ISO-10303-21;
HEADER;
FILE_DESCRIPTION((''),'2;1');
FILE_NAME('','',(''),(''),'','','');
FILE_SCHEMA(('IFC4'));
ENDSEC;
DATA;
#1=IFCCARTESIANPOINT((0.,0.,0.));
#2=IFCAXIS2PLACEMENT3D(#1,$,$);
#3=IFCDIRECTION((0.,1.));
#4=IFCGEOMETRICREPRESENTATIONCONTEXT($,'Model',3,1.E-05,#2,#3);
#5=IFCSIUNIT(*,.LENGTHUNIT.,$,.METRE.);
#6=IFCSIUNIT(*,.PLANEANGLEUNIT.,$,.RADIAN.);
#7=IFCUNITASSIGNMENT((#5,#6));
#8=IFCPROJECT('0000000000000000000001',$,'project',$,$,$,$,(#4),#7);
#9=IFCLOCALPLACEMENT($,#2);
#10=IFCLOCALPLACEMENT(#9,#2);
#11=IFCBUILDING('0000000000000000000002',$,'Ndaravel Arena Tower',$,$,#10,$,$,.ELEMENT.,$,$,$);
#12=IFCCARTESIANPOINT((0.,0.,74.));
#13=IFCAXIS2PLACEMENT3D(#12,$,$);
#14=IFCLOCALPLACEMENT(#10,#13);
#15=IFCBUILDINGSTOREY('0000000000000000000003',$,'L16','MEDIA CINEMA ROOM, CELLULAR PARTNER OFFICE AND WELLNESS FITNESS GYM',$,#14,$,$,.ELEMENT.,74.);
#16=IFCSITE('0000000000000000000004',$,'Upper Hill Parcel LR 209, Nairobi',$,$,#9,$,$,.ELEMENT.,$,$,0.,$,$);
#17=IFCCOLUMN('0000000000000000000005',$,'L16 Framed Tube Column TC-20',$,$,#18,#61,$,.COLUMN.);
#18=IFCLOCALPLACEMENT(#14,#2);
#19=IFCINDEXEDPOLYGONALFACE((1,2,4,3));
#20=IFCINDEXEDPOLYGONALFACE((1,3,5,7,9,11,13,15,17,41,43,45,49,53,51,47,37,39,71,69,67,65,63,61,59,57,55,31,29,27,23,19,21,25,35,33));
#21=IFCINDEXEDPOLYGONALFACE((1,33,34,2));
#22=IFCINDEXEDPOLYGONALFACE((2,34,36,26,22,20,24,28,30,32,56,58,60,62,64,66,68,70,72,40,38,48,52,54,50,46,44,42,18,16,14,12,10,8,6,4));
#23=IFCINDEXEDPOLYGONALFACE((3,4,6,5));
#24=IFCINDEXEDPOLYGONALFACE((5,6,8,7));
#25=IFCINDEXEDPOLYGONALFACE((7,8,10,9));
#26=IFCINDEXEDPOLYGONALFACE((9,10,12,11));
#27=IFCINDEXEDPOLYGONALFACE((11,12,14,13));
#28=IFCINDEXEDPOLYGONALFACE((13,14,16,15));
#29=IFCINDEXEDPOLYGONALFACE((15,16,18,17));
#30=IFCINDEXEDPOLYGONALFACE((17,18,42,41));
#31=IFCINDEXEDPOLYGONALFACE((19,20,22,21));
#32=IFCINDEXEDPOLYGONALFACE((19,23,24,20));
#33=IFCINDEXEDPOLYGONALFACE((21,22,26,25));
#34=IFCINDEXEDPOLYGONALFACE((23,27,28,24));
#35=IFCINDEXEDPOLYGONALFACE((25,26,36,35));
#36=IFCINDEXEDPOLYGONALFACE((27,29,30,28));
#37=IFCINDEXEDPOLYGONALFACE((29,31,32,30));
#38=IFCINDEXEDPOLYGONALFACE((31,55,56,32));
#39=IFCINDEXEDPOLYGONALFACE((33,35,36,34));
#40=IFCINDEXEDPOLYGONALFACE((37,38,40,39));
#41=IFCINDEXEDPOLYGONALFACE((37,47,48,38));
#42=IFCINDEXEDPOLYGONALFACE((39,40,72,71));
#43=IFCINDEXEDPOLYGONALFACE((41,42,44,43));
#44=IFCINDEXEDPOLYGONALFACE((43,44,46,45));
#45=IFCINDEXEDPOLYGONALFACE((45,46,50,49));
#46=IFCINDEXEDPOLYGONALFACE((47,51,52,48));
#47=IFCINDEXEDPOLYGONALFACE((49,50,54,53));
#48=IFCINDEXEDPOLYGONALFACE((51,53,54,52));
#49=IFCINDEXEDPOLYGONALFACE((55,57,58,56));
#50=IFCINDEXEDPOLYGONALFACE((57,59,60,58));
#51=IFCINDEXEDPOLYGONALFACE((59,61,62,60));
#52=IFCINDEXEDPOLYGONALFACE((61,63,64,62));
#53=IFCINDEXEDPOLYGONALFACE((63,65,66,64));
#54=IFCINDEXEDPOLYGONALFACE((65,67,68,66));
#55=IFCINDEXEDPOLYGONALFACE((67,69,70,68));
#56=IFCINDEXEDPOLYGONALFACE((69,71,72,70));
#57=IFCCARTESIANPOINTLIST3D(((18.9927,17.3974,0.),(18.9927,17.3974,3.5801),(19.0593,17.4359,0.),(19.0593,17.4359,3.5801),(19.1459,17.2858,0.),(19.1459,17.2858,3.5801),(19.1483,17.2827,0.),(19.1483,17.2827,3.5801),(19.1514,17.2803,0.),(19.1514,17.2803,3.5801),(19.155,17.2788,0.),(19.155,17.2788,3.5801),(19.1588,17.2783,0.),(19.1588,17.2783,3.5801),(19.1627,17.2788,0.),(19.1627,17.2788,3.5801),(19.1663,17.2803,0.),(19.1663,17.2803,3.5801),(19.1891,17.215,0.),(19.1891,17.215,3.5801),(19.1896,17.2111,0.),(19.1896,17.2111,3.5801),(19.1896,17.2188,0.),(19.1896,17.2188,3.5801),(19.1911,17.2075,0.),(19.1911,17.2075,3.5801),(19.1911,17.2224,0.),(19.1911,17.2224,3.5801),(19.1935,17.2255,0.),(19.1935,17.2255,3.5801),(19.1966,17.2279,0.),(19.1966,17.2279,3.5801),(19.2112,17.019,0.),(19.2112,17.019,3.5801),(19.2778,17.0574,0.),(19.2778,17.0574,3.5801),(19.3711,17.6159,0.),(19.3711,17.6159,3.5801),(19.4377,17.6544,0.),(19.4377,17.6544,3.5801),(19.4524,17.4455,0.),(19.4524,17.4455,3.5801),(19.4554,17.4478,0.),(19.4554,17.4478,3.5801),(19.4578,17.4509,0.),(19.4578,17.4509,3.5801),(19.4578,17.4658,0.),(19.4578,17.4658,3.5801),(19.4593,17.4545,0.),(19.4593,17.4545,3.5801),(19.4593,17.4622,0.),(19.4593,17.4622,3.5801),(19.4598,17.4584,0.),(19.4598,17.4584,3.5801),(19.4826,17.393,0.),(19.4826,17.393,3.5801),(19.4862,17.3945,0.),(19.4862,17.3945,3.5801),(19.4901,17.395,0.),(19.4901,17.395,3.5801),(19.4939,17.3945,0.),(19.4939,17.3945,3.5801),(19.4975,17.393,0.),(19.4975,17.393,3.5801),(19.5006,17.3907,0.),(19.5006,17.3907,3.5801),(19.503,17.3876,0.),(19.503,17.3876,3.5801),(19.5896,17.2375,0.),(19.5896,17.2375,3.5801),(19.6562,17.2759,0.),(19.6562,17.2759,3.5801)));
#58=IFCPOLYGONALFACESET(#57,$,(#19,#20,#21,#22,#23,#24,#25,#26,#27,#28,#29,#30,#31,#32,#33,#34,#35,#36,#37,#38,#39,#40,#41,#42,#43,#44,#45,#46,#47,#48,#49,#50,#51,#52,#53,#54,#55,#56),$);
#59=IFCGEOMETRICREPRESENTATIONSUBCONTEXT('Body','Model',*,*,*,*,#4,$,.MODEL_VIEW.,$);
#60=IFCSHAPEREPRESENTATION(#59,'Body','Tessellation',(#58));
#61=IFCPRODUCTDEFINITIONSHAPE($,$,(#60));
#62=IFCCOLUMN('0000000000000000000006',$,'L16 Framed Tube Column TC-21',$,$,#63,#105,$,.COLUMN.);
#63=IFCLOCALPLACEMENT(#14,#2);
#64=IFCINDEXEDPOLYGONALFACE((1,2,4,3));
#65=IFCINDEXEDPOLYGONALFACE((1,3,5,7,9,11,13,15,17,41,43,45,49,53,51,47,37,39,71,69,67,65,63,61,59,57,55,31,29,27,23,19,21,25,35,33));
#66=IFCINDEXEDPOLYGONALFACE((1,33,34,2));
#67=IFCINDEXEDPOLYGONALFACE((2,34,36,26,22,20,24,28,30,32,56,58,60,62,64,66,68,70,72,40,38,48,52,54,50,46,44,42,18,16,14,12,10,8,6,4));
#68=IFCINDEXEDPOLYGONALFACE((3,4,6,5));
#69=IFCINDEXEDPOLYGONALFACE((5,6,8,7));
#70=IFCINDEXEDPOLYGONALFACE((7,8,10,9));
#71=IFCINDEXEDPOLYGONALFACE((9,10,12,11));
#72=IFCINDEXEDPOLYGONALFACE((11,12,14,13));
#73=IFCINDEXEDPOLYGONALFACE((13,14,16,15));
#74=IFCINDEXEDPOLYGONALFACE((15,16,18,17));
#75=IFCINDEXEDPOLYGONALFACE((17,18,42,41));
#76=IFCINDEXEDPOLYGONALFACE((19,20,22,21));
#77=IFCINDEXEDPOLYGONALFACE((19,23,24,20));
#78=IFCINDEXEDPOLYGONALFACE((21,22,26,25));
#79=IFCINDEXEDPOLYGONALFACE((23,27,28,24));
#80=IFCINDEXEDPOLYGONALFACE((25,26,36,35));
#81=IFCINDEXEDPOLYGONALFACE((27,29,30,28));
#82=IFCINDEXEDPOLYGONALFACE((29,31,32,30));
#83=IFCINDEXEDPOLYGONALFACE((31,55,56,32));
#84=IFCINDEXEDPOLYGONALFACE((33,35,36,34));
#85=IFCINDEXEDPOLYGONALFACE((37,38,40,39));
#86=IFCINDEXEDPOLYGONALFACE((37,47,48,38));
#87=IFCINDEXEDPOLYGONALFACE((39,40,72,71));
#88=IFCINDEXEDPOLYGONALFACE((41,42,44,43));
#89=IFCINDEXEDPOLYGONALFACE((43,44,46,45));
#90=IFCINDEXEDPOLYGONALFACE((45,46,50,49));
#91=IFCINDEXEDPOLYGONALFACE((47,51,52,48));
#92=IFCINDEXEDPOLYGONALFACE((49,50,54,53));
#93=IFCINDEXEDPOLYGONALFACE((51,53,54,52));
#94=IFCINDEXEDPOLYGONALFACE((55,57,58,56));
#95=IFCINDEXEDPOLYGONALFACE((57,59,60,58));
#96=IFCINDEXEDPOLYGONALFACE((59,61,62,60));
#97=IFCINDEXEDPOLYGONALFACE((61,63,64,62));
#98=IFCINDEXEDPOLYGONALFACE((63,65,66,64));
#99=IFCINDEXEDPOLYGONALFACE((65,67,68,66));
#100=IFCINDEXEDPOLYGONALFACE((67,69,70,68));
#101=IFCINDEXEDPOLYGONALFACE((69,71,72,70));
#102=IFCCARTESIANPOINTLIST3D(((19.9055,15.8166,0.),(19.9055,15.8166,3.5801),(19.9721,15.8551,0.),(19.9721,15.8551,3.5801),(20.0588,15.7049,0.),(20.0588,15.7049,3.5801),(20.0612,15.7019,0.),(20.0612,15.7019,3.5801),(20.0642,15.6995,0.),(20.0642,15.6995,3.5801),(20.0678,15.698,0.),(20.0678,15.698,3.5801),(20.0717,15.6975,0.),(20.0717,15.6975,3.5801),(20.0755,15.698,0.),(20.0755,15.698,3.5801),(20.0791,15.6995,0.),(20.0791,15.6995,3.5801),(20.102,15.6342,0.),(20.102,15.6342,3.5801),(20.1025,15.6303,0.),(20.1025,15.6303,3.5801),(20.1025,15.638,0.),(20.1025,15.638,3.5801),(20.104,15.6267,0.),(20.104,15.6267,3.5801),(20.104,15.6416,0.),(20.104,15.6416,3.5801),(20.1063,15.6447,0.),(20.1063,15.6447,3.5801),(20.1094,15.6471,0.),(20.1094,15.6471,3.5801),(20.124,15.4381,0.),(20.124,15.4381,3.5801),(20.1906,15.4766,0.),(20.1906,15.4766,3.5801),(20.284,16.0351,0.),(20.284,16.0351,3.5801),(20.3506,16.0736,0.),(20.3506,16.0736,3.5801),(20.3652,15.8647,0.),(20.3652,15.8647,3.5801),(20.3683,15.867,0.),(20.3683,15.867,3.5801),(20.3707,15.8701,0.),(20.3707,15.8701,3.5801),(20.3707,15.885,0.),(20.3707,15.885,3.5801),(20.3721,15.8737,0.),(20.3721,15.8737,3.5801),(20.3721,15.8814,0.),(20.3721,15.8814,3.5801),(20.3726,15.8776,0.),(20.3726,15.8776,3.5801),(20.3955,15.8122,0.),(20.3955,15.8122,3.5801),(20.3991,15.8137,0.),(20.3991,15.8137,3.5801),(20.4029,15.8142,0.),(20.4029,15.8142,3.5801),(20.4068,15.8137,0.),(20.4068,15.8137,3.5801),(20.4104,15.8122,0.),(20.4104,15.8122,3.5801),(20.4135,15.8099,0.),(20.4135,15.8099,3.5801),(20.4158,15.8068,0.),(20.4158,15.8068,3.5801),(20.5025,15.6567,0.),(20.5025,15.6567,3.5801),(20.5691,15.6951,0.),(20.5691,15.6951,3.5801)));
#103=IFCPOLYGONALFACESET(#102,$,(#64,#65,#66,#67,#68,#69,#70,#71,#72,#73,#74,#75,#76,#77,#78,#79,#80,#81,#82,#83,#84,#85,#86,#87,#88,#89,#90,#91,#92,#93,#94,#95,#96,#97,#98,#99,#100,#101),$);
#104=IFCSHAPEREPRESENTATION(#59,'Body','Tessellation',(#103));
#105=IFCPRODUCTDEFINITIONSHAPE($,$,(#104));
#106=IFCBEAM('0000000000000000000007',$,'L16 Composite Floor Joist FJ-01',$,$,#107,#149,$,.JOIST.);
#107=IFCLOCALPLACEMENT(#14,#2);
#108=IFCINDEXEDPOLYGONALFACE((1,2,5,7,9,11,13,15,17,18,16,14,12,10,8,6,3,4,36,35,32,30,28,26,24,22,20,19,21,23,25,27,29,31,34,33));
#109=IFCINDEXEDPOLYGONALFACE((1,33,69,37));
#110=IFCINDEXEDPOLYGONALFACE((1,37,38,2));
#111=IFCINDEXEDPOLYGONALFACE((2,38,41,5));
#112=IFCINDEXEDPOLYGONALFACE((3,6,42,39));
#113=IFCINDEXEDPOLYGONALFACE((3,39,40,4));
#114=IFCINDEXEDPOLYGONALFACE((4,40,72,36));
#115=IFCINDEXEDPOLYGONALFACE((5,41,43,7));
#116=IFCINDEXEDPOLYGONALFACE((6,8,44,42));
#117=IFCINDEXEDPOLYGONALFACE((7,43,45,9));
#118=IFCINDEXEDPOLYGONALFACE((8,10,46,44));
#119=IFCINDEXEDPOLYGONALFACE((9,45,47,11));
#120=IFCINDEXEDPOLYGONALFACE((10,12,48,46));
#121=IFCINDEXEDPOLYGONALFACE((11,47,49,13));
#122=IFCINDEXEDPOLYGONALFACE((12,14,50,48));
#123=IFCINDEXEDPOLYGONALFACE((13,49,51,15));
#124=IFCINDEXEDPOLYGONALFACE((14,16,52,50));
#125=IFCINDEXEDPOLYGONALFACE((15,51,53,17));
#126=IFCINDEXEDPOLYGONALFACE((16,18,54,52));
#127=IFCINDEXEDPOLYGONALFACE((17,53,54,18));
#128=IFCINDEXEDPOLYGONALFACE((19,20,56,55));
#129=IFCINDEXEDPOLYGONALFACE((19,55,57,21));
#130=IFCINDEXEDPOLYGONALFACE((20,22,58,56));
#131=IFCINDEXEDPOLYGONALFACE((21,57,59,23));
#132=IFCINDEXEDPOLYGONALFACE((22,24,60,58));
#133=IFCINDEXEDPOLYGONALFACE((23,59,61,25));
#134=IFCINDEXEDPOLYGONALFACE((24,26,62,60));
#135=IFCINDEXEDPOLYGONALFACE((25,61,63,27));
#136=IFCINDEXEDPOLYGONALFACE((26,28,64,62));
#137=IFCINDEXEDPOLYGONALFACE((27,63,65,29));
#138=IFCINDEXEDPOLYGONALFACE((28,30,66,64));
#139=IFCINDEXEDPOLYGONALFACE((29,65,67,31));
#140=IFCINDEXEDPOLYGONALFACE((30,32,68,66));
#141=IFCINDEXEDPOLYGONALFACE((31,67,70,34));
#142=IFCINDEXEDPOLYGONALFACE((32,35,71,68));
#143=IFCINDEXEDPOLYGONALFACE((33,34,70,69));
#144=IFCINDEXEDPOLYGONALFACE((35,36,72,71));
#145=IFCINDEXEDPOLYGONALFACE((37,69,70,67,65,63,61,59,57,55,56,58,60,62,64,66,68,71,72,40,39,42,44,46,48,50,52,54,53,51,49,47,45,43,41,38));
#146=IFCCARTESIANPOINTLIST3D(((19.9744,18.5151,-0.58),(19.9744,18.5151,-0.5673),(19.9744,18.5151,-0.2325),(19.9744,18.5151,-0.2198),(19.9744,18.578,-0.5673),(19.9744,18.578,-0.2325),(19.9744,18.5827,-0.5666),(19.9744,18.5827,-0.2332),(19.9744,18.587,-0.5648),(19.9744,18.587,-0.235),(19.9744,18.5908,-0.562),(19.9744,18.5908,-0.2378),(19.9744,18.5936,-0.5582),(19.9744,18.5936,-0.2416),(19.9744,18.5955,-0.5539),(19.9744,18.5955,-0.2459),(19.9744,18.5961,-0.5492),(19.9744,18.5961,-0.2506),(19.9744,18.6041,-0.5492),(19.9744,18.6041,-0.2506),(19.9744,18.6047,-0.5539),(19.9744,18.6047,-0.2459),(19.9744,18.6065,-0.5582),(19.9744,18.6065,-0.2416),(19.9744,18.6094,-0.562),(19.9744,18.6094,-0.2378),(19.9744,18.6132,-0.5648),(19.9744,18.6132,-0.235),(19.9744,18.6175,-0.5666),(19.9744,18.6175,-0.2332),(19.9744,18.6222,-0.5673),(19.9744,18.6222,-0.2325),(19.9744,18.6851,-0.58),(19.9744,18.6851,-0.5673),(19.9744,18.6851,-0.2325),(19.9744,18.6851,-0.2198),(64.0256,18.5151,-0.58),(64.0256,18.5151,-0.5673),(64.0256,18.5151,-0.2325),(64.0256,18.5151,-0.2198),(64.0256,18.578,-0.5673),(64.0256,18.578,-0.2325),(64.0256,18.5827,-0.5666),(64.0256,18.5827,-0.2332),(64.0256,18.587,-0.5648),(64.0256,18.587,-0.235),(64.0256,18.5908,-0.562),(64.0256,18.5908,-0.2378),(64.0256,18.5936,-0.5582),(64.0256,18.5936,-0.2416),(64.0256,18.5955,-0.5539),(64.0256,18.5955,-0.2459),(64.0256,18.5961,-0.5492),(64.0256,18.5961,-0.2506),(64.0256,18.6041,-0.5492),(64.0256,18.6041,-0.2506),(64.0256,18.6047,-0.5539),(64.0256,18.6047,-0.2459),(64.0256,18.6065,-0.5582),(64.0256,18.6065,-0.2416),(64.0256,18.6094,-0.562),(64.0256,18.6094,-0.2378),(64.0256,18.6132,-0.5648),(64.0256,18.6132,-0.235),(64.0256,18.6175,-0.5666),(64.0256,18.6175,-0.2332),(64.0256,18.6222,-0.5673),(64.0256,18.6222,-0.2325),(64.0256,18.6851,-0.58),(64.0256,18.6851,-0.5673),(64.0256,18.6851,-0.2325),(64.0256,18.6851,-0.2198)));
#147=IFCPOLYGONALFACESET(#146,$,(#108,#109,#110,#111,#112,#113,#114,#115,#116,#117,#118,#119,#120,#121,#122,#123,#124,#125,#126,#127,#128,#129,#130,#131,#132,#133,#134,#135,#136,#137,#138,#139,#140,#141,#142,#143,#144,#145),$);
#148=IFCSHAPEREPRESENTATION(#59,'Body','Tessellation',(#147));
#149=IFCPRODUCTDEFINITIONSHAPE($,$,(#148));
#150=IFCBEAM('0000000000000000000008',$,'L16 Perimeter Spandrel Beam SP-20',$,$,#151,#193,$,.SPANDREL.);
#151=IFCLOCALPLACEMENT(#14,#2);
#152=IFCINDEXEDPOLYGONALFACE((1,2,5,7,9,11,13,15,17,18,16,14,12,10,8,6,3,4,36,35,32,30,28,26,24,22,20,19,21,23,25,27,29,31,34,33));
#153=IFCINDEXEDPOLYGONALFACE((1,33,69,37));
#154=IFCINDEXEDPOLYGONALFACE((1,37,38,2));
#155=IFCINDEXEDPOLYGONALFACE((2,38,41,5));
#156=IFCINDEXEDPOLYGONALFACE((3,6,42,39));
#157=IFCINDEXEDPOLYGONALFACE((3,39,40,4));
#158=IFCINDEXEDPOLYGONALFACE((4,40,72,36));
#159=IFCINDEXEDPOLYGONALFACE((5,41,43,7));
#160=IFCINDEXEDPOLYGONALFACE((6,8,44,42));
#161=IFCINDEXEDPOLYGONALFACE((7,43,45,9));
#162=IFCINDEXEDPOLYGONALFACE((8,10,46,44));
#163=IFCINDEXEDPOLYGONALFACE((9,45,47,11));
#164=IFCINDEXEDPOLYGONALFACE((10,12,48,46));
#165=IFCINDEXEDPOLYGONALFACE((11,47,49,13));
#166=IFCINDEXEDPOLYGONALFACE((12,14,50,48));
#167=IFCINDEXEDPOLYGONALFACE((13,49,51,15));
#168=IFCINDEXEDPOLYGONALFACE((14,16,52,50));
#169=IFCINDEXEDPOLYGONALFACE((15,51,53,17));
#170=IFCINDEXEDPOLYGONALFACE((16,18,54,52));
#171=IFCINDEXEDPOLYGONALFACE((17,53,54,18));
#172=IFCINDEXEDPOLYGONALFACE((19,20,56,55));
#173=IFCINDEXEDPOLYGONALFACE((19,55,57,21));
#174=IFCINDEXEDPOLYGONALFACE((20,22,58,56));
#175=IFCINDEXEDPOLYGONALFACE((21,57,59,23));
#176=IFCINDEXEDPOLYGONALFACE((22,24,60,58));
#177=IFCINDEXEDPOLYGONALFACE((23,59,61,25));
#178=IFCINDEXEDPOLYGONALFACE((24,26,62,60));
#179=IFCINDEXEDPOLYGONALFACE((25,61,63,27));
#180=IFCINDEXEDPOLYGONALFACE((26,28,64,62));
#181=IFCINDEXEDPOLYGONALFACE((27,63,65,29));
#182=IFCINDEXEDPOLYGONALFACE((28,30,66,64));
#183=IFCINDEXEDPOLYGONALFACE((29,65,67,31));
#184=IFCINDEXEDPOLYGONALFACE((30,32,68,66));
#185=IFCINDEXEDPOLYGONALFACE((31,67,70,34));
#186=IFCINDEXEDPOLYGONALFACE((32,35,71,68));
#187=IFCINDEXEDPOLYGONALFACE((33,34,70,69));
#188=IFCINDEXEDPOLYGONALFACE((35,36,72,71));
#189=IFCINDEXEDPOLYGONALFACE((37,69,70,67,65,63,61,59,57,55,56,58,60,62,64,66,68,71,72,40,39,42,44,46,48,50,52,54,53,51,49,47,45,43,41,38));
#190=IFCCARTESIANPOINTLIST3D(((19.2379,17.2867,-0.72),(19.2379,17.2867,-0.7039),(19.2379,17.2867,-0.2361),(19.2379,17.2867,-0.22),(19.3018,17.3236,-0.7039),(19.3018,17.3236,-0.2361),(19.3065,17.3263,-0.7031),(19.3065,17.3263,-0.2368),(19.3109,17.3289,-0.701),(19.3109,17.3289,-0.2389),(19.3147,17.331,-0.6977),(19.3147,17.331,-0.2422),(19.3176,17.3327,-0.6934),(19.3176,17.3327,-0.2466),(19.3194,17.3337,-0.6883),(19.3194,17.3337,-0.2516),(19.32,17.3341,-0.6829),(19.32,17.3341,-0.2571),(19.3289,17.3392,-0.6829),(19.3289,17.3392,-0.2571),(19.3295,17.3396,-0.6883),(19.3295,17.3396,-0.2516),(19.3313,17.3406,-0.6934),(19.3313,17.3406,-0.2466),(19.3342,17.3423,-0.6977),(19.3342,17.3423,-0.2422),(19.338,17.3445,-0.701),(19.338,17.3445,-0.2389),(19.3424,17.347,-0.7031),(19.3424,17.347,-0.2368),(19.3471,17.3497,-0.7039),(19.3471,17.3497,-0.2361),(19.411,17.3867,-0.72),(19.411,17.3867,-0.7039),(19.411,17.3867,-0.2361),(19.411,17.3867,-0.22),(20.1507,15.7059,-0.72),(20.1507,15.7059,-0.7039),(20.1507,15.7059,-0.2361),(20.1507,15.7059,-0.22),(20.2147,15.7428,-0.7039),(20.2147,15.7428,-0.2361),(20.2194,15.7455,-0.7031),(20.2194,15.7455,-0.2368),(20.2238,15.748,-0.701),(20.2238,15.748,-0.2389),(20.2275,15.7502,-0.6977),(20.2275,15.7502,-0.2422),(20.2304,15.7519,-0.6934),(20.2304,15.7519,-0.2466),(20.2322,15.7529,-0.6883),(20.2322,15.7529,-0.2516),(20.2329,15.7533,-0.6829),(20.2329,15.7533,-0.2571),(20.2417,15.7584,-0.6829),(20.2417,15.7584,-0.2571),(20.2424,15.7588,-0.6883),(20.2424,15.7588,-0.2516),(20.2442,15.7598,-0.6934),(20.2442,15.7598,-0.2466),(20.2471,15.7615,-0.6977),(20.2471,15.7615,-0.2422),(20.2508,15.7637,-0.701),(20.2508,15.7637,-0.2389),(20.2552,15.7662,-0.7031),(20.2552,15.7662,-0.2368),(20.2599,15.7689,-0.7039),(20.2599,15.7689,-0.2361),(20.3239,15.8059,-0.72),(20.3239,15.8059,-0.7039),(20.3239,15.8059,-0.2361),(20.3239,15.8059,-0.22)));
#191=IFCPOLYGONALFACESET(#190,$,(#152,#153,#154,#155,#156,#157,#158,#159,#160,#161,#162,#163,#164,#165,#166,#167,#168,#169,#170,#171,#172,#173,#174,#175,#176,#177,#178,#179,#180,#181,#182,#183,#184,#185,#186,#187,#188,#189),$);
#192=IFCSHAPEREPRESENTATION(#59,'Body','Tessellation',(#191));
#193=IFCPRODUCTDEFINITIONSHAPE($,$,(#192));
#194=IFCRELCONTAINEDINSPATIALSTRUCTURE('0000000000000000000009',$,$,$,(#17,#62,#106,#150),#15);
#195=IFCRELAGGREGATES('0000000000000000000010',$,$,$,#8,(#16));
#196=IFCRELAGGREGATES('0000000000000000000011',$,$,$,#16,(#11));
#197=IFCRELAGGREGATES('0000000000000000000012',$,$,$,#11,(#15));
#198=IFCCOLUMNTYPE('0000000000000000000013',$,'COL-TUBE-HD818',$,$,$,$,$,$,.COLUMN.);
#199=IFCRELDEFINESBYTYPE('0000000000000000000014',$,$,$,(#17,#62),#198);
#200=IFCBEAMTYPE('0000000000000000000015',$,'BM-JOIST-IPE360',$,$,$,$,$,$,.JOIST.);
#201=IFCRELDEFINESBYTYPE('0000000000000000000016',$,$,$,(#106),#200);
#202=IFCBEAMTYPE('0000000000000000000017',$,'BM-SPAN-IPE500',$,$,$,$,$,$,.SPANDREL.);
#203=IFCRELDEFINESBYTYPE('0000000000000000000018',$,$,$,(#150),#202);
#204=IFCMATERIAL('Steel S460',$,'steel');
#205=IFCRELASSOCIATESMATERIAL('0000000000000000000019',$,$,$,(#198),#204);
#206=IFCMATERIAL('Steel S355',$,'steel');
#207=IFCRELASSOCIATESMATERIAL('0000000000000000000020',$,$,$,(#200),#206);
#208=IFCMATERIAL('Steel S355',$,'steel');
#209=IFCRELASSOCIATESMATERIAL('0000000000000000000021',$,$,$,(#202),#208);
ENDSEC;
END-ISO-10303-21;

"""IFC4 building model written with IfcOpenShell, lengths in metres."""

from ifc_helpers import new_model, si_unit, direction, frame, origin, origin_2d, place, context, subcontext, project, spatial, i_section, extrude, material, material_profile, profile_set, type_object, element, save


model = new_model("IFC4")

# Units and contexts
model_context = context("Model", 3, precision=1e-05, world=origin(), true_north=direction((0.0, 1.0)))
body_context = subcontext(model_context, "Body", "Model", "MODEL_VIEW")
ifc_project = project(units=[si_unit("LENGTHUNIT", "METRE"), si_unit("PLANEANGLEUNIT", "RADIAN")], contexts=[model_context])

# Site, building, storey
site_placement = place(None, origin())
site = spatial("IfcSite", under=ifc_project, at=site_placement, Name="Upper Hill Parcel LR 209, Nairobi", CompositionType="ELEMENT", RefElevation=0.0)
building_placement = place(site_placement, origin())
building = spatial("IfcBuilding", under=site, at=building_placement, Name="Ndaravel Arena Tower", CompositionType="ELEMENT")
storey_placement = place(building_placement, frame((0.0, 0.0, 74.0)))
storey = spatial("IfcBuildingStorey", under=building, at=storey_placement, Name="L16", Description="MEDIA CINEMA ROOM, CELLULAR PARTNER OFFICE AND WELLNESS FITNESS GYM", CompositionType="ELEMENT", Elevation=74.0)

# Columns
ifc_material_1 = material(Name="Steel S460", Category="steel")
ifc_material_profile_1 = material_profile(ifc_material_1, i_section(OverallWidth=0.437, OverallDepth=0.5139, WebThickness=0.0605, FlangeThickness=0.0769, FilletRadius=0.0149, at=origin_2d()), Name="HD 400x818")
ifc_profile_set_1 = profile_set([ifc_material_profile_1], Name="Steel S460")
column_type = type_object("IfcColumnType", Name="COL-TUBE-HD818", PredefinedType="COLUMN", material=ifc_profile_set_1)
for number, where, z_axis, x_axis, name in (
    (1, (19.3245, 17.3367, 0.0), (0.0, 0.0, 1.0), (-0.5, 0.866025, 0.0), "L16 Framed Tube Column TC-20"),
    (2, (20.2373, 15.7559, 0.0), (0.0, 0.0, 1.0), (-0.5, 0.866025, 0.0), "L16 Framed Tube Column TC-21"),
):
    element("IfcColumn", number, at=place(storey_placement, frame(where, z_axis=z_axis, x_axis=x_axis)), inside=storey, type_object=column_type, Name=name, PredefinedType="COLUMN", context=body_context, shape_type="SweptSolid", body=[
        extrude(i_section(OverallWidth=0.437, OverallDepth=0.5139, WebThickness=0.0605, FlangeThickness=0.0769, FilletRadius=0.0149, at=origin_2d()), origin(), (0.0, 0.0, 1.0), 3.5801),
    ])

# Beams
ifc_material_2 = material(Name="Steel S355", Category="steel")
ifc_material_profile_2 = material_profile(ifc_material_2, i_section(OverallWidth=0.1699, OverallDepth=0.3601, WebThickness=0.0081, FlangeThickness=0.0127, FilletRadius=0.0181, at=origin_2d()), Name="IPE 360")
ifc_profile_set_2 = profile_set([ifc_material_profile_2], Name="Steel S355")
beam_type_1 = type_object("IfcBeamType", Name="BM-JOIST-IPE360", PredefinedType="JOIST", material=ifc_profile_set_2)
beam_placement = place(storey_placement, frame((19.9744, 18.6001, -0.3999), z_axis=(1.0, 0.0, 0.0), x_axis=(0.0, 1.0, 0.0)))
element("IfcBeam", 3, at=beam_placement, inside=storey, type_object=beam_type_1, Name="L16 Composite Floor Joist FJ-01", PredefinedType="JOIST", context=body_context, shape_type="SweptSolid", body=[
    extrude(i_section(OverallWidth=0.1699, OverallDepth=0.3601, WebThickness=0.0081, FlangeThickness=0.0127, FilletRadius=0.0181, at=origin_2d()), origin(), (0.0, 0.0, 1.0), 44.0513),
])
ifc_material_3 = material(Name="Steel S355", Category="steel")
ifc_material_profile_3 = material_profile(ifc_material_3, i_section(OverallWidth=0.2, OverallDepth=0.5, WebThickness=0.0103, FlangeThickness=0.0161, FilletRadius=0.021, at=origin_2d()), Name="IPE 500")
ifc_profile_set_3 = profile_set([ifc_material_profile_3], Name="Steel S355")
beam_type_2 = type_object("IfcBeamType", Name="BM-SPAN-IPE500", PredefinedType="SPANDREL", material=ifc_profile_set_3)
for number, where, z_axis, x_axis, name in (
    (4, (19.3245, 17.3367, -0.47), (0.500066, -0.865987, 0.0), (0.865987, 0.500066, 0.0), "L16 Perimeter Spandrel Beam SP-20"),
):
    element("IfcBeam", number, at=place(storey_placement, frame(where, z_axis=z_axis, x_axis=x_axis)), inside=storey, type_object=beam_type_2, Name=name, PredefinedType="SPANDREL", context=body_context, shape_type="SweptSolid", body=[
        extrude(i_section(OverallWidth=0.2, OverallDepth=0.5, WebThickness=0.0103, FlangeThickness=0.0161, FilletRadius=0.021, at=origin_2d()), origin(), (0.0, 0.0, 1.0), 1.8254),
    ])

save(model, "model.ifc")
